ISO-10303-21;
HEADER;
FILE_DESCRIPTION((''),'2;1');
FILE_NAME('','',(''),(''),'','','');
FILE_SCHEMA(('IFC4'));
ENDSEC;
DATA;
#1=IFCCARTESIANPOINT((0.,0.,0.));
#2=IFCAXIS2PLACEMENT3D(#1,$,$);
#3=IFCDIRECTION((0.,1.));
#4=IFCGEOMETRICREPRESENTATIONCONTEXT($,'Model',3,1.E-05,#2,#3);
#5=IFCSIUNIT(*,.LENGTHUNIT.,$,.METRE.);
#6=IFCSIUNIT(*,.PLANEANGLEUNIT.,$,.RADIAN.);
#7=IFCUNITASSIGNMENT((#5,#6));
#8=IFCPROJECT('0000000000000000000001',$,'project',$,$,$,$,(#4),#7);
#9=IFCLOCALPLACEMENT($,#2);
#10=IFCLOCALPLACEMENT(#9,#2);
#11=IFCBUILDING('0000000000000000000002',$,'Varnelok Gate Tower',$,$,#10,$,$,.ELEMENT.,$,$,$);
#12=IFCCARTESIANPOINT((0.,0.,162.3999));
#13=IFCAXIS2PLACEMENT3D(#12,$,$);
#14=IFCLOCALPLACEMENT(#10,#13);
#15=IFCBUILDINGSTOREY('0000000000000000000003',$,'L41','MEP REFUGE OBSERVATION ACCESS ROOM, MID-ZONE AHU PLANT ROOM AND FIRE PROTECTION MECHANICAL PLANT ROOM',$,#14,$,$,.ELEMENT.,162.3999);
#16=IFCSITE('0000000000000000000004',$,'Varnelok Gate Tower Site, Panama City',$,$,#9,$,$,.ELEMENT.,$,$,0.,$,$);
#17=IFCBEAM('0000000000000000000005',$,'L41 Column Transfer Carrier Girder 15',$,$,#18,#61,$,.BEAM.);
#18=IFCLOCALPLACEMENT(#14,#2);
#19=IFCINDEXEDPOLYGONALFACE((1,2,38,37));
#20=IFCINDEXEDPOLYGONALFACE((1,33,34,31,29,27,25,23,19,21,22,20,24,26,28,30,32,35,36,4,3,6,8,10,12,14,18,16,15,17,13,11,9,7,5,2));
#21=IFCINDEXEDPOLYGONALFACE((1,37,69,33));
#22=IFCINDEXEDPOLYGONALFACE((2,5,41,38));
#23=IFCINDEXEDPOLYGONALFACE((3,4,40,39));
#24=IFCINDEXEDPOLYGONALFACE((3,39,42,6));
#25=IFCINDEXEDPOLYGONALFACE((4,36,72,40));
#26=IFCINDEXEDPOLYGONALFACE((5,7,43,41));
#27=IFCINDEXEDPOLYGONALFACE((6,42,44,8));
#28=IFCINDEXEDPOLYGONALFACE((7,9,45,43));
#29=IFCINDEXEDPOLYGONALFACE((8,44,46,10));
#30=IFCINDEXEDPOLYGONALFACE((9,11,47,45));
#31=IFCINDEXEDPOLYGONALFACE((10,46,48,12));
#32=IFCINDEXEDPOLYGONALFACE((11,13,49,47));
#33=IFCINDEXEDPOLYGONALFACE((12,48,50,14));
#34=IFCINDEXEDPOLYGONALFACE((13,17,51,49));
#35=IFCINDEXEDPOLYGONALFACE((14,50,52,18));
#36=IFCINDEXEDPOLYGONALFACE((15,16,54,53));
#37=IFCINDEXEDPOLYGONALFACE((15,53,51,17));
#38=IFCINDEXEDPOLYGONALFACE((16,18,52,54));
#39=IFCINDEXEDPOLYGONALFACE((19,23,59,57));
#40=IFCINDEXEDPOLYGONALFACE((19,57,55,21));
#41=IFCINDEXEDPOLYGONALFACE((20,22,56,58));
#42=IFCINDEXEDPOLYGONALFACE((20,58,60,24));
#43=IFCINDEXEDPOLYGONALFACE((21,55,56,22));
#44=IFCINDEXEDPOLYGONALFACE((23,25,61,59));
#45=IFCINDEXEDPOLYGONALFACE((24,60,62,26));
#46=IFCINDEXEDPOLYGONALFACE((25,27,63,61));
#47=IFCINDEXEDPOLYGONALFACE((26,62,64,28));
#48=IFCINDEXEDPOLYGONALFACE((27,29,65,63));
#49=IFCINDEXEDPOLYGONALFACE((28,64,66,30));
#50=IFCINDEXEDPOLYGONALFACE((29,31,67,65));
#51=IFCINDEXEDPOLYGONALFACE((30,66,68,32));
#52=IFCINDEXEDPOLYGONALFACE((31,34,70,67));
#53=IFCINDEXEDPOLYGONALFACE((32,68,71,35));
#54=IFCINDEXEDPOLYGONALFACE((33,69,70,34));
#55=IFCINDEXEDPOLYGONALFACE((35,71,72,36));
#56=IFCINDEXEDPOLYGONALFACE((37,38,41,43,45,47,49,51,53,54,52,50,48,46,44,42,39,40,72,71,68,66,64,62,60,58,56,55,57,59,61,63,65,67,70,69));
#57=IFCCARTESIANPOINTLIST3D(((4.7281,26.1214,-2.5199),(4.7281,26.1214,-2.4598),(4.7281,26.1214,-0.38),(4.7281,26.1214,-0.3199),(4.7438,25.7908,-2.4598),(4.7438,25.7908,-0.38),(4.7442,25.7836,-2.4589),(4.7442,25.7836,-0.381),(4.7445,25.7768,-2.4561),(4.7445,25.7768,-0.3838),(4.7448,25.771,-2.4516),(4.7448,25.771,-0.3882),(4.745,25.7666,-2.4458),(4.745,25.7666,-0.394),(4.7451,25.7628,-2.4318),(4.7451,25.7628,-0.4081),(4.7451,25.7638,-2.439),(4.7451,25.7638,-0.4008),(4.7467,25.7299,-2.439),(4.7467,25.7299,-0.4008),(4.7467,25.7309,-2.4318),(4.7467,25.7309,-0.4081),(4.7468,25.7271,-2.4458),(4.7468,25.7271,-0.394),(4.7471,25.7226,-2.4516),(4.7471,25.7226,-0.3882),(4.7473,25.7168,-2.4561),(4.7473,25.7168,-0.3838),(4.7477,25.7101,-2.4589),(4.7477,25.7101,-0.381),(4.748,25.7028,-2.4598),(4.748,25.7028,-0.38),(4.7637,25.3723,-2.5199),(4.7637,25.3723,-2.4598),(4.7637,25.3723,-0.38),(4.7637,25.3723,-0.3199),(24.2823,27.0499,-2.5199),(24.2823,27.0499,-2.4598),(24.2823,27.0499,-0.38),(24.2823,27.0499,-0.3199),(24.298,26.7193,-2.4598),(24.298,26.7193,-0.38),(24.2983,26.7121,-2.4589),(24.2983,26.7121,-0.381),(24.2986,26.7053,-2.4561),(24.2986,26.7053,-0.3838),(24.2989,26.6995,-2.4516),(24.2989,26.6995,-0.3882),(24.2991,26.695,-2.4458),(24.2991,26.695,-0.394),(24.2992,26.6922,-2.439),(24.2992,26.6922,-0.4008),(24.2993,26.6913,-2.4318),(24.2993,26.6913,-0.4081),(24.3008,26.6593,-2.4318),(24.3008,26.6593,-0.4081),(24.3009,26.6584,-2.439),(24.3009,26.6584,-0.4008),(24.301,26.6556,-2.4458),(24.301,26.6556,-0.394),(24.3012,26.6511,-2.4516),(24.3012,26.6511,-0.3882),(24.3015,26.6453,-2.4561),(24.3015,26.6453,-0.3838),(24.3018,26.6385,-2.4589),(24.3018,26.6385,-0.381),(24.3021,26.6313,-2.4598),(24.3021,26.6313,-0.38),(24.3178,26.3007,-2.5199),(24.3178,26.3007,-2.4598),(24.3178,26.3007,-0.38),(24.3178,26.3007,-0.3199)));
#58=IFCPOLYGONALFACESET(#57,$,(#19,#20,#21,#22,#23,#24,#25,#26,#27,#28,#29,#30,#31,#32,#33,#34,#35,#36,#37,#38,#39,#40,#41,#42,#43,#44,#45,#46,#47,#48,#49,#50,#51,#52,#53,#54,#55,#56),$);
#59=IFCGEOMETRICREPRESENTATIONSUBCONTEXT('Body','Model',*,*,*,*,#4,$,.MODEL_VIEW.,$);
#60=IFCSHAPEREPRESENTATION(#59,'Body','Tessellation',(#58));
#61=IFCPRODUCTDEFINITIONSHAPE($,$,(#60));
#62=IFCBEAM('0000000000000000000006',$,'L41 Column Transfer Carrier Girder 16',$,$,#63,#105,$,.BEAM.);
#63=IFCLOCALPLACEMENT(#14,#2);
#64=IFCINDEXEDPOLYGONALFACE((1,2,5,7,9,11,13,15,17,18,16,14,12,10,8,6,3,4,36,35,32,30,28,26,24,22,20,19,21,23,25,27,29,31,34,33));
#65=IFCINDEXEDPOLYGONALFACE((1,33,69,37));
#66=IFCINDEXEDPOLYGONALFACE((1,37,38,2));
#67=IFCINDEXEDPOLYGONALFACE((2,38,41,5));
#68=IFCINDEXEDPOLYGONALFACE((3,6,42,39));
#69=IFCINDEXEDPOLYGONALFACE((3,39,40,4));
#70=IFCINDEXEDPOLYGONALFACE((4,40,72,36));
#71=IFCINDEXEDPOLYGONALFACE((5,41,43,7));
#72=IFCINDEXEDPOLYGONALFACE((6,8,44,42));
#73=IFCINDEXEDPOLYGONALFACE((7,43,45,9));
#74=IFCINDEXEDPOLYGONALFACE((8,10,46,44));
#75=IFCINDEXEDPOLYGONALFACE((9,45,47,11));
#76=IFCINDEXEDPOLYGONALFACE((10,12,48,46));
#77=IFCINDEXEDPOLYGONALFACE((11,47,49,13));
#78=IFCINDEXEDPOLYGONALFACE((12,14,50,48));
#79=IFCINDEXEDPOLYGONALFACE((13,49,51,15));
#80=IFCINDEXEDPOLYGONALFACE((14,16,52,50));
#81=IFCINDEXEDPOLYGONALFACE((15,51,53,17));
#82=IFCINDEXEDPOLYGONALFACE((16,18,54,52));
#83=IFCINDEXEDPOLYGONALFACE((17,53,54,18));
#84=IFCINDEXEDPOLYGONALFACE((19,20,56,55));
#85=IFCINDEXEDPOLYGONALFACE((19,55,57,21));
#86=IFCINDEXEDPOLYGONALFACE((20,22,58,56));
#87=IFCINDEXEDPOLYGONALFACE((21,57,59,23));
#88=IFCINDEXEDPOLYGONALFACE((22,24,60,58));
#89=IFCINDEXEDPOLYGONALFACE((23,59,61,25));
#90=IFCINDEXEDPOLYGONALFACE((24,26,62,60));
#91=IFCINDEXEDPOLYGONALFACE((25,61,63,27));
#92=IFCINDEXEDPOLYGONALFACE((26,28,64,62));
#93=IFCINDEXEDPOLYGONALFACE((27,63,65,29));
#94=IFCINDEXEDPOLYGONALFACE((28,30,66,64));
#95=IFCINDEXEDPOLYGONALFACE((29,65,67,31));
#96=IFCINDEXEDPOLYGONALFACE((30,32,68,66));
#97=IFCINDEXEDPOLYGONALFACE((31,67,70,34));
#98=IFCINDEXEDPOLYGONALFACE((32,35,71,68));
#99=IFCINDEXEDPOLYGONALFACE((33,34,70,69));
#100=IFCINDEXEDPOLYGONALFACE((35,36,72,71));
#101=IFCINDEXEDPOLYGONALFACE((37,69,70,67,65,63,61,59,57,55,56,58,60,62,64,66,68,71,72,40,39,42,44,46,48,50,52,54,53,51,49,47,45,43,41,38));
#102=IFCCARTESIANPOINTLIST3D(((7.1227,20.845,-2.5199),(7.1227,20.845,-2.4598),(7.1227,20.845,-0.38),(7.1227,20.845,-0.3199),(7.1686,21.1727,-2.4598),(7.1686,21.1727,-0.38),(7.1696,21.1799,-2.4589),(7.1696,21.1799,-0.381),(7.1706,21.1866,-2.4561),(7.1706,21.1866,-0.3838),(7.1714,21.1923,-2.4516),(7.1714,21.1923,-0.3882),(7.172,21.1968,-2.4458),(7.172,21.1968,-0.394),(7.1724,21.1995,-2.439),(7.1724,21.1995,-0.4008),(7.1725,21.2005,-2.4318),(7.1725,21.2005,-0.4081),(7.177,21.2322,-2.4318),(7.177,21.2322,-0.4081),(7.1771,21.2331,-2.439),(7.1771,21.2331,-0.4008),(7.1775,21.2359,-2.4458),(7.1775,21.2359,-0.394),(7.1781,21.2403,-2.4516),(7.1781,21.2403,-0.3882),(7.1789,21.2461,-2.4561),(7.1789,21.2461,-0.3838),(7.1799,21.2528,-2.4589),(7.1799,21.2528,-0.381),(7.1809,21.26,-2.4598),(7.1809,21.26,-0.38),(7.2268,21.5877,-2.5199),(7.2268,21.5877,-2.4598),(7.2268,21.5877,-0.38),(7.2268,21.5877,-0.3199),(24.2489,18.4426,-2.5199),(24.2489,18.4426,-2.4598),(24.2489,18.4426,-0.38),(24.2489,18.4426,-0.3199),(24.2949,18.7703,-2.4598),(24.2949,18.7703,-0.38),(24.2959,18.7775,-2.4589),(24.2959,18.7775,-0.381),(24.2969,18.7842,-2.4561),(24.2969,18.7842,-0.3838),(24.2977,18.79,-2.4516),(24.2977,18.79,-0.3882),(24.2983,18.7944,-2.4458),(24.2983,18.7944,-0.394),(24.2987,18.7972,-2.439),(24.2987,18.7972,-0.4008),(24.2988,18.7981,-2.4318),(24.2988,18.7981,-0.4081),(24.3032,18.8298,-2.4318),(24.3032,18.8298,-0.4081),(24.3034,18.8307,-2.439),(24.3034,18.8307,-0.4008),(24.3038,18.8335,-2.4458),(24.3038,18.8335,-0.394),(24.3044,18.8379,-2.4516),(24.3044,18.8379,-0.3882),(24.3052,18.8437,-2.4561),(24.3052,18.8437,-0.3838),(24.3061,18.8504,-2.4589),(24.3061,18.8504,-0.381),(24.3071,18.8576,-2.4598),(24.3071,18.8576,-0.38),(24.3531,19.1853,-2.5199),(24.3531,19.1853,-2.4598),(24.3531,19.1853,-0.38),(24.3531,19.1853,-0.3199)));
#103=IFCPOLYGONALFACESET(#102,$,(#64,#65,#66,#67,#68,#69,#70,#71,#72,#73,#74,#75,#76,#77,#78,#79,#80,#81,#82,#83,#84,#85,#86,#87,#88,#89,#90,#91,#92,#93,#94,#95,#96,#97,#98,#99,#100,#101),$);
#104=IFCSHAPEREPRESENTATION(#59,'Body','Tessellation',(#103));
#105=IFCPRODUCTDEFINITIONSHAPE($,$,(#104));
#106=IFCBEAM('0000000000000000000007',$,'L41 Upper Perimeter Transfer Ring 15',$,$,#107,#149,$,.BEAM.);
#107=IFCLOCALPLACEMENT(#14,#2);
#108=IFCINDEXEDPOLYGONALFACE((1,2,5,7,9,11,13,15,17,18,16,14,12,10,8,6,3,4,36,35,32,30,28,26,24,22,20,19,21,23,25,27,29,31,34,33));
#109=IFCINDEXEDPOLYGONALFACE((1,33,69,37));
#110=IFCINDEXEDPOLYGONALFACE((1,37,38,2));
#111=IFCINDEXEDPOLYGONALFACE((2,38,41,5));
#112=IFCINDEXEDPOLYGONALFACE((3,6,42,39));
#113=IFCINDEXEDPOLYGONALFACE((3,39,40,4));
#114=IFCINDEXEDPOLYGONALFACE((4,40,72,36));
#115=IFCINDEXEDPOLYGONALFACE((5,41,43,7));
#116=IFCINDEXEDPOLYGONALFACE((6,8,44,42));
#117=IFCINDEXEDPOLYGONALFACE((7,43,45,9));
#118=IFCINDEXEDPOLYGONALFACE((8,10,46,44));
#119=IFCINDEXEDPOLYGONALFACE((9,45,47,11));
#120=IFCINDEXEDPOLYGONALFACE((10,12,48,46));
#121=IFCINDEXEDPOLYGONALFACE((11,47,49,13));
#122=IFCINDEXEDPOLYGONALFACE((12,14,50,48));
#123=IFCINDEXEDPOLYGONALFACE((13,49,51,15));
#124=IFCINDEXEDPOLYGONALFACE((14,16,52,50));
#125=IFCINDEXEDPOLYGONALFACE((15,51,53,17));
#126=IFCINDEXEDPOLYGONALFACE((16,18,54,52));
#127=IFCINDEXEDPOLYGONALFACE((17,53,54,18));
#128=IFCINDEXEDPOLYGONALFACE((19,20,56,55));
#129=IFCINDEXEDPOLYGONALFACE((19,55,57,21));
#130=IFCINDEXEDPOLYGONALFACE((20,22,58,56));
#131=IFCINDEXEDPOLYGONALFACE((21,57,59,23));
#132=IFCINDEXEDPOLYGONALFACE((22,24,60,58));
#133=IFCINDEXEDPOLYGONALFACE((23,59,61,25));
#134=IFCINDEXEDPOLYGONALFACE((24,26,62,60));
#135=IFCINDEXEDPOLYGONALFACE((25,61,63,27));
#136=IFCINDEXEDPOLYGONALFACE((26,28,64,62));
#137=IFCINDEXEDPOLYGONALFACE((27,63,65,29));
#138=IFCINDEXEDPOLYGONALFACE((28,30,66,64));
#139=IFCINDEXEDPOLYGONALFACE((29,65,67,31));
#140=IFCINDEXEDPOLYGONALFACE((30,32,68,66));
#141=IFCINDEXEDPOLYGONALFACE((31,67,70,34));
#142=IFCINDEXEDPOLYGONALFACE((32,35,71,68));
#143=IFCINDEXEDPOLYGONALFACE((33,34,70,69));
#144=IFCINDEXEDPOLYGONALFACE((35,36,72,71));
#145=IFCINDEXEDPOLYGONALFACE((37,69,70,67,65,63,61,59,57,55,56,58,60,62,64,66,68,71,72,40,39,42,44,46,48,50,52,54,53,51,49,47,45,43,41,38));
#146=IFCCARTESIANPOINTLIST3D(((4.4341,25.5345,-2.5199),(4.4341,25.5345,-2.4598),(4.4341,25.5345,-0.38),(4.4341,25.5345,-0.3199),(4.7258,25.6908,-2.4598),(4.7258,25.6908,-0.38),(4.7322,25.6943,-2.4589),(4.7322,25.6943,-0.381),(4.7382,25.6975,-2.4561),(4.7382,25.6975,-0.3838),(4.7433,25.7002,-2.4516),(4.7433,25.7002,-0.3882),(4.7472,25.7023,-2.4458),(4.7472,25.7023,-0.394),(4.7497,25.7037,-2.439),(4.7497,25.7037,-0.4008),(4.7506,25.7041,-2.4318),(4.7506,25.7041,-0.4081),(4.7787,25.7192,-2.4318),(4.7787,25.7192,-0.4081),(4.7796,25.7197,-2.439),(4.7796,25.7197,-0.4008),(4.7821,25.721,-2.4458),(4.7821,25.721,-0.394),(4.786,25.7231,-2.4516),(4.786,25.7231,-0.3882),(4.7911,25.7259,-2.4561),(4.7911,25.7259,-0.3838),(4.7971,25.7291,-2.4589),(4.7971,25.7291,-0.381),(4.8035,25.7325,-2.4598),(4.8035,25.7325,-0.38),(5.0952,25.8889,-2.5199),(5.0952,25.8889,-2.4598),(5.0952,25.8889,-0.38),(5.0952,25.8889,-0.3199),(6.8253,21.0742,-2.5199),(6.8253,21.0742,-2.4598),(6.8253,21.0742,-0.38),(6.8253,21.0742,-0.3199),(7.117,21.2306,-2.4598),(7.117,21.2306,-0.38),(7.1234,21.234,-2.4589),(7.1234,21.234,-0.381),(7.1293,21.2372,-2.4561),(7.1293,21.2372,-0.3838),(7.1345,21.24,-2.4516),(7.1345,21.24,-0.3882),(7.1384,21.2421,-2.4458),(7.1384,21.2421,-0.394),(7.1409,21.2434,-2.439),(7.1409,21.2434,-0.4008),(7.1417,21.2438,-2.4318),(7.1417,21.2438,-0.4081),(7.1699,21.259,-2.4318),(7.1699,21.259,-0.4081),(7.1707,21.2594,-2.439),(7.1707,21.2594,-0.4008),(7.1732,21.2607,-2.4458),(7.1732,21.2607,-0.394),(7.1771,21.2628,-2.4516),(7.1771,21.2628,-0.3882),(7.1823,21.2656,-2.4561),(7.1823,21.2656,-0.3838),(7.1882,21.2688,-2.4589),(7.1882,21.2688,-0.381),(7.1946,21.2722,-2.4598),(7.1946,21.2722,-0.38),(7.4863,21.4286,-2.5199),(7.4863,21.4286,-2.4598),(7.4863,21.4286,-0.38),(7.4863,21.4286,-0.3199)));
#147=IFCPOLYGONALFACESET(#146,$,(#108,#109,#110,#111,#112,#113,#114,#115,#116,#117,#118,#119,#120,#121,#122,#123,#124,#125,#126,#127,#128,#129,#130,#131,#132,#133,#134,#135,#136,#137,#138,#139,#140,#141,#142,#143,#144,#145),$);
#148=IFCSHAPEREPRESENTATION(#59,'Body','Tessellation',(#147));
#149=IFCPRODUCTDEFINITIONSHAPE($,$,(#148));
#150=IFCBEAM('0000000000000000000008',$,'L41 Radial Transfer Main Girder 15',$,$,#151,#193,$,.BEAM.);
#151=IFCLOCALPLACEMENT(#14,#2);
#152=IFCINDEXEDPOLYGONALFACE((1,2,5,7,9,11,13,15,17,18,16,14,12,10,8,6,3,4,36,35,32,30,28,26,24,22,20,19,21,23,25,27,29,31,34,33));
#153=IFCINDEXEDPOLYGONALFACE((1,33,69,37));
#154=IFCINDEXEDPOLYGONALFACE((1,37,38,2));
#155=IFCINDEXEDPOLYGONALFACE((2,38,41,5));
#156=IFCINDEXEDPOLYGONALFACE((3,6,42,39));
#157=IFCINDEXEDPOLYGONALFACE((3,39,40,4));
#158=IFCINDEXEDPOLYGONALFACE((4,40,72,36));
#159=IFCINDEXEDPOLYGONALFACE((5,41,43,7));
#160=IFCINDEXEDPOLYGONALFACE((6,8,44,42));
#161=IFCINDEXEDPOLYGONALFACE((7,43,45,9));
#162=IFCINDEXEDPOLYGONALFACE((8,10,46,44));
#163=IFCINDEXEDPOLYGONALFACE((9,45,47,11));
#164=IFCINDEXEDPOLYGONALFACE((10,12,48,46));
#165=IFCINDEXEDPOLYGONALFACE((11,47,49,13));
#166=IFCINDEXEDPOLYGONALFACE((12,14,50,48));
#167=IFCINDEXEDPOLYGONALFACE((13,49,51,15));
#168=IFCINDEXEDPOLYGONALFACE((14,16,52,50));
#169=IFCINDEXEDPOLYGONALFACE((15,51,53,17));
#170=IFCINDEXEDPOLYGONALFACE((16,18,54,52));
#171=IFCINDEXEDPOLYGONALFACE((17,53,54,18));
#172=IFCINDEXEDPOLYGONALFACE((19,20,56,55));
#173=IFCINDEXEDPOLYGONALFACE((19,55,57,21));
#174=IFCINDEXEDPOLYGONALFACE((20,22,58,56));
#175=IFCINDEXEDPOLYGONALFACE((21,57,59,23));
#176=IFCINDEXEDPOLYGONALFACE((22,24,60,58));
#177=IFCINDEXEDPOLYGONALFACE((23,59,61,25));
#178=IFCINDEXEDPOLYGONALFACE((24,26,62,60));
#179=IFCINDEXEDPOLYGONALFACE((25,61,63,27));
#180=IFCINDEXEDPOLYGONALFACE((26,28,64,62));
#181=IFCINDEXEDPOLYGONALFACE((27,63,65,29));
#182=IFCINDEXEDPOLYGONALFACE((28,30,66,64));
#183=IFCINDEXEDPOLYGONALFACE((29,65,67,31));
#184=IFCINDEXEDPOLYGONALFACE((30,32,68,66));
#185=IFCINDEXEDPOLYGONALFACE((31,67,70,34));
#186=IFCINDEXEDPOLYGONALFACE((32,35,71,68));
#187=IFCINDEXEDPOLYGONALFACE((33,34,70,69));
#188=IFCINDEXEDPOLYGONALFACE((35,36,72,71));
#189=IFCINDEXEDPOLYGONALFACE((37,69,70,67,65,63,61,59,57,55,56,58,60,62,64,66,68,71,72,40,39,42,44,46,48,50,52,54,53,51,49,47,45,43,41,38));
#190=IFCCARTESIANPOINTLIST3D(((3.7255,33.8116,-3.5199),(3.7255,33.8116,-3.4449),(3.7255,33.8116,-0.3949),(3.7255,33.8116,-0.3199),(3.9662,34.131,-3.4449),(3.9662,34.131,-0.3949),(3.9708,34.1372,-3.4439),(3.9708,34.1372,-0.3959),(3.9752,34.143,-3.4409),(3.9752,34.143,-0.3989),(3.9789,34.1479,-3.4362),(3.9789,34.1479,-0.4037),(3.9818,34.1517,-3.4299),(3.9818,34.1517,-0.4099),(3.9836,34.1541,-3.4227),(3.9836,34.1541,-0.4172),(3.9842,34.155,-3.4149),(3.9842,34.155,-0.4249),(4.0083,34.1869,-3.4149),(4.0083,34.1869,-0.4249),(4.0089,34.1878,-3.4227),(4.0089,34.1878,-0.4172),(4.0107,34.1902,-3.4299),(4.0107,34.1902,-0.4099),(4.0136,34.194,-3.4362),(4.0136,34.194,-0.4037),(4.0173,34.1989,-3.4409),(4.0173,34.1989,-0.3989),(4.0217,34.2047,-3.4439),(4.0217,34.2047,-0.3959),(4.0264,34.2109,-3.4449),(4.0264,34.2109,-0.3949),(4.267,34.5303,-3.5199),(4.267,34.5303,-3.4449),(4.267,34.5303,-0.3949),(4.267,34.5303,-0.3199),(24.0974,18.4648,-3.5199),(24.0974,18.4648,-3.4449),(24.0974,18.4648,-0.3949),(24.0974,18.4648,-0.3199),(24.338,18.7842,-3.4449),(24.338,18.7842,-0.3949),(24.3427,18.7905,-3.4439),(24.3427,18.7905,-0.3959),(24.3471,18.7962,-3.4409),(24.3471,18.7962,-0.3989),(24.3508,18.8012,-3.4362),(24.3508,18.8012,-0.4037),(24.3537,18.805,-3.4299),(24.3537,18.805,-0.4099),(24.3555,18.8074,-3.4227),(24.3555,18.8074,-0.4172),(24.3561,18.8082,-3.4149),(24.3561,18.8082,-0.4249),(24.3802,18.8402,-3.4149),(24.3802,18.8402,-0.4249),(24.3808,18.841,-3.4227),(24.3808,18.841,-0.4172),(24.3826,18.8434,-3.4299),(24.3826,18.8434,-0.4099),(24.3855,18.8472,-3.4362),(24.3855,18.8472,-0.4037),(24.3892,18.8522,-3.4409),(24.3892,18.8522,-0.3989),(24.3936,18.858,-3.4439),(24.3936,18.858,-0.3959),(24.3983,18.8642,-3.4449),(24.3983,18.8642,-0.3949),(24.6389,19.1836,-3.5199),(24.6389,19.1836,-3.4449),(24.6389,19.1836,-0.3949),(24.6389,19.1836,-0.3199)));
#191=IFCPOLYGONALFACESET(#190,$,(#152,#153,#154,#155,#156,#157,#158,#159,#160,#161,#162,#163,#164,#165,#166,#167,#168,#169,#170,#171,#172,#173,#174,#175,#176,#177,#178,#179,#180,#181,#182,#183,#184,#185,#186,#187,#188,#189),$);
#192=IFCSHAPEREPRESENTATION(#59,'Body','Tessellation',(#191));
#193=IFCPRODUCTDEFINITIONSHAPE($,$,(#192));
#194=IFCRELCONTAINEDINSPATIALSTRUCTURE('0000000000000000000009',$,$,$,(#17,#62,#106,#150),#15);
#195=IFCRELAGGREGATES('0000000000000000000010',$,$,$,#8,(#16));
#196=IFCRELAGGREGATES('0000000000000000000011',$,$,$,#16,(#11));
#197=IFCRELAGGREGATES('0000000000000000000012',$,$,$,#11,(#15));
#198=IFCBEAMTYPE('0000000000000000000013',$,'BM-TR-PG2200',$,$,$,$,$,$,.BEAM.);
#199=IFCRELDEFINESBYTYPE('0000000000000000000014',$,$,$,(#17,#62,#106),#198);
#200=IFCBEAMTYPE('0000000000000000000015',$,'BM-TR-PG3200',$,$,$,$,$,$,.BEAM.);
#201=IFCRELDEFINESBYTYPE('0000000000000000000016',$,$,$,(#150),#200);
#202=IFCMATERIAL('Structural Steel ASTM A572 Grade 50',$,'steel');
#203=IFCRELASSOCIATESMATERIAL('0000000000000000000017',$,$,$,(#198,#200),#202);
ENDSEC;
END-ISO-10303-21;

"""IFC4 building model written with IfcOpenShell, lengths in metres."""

from ifc_helpers import new_model, si_unit, direction, frame, origin, origin_2d, place, context, subcontext, project, spatial, i_section, extrude, material, material_profile, profile_set, type_object, element, save


model = new_model("IFC4")

# Units and contexts
model_context = context("Model", 3, precision=1e-05, world=origin(), true_north=direction((0.0, 1.0)))
body_context = subcontext(model_context, "Body", "Model", "MODEL_VIEW")
ifc_project = project(units=[si_unit("LENGTHUNIT", "METRE"), si_unit("PLANEANGLEUNIT", "RADIAN")], contexts=[model_context])

# Site, building, storey
site_placement = place(None, origin())
site = spatial("IfcSite", under=ifc_project, at=site_placement, Name="Varnelok Gate Tower Site, Panama City", CompositionType="ELEMENT", RefElevation=0.0)
building_placement = place(site_placement, origin())
building = spatial("IfcBuilding", under=site, at=building_placement, Name="Varnelok Gate Tower", CompositionType="ELEMENT")
storey_placement = place(building_placement, frame((0.0, 0.0, 162.3999)))
storey = spatial("IfcBuildingStorey", under=building, at=storey_placement, Name="L41", Description="MEP REFUGE OBSERVATION ACCESS ROOM, MID-ZONE AHU PLANT ROOM AND FIRE PROTECTION MECHANICAL PLANT ROOM", CompositionType="ELEMENT", Elevation=162.3999)

# Beams
ifc_material_1 = material(Name="Structural Steel ASTM A572 Grade 50", Category="steel")
ifc_material_profile_1 = material_profile(ifc_material_1, i_section(OverallWidth=0.75, OverallDepth=2.2, WebThickness=0.032, FlangeThickness=0.0601, FilletRadius=0.0281, at=origin_2d()), Name="PG2200X750")
ifc_profile_set_1 = profile_set([ifc_material_profile_1], Name="Structural Steel ASTM A572 Grade 50")
beam_type_1 = type_object("IfcBeamType", Name="BM-TR-PG2200", PredefinedType="BEAM", material=ifc_profile_set_1)
beam_1_placement = place(storey_placement, frame((24.3, 26.6753, -1.4199), z_axis=(-0.998875, -0.047428, 0.0), x_axis=(0.047428, -0.998875, 0.0)))
element("IfcBeam", 1, at=beam_1_placement, inside=storey, type_object=beam_type_1, Name="L41 Column Transfer Carrier Girder 15", PredefinedType="BEAM", context=body_context, shape_type="SweptSolid", body=[
    extrude(i_section(OverallWidth=0.75, OverallDepth=2.2, WebThickness=0.032, FlangeThickness=0.0601, FilletRadius=0.0281, at=origin_2d()), origin(), (0.0, 0.0, 1.0), 19.5762),
])
beam_2_placement = place(storey_placement, frame((24.301, 18.814, -1.4199), z_axis=(-0.990305, 0.138913, 0.0), x_axis=(-0.138913, -0.990305, 0.0)))
element("IfcBeam", 2, at=beam_2_placement, inside=storey, type_object=beam_type_1, Name="L41 Column Transfer Carrier Girder 16", PredefinedType="BEAM", context=body_context, shape_type="SweptSolid", body=[
    extrude(i_section(OverallWidth=0.75, OverallDepth=2.2, WebThickness=0.032, FlangeThickness=0.0601, FilletRadius=0.0281, at=origin_2d()), origin(), (0.0, 0.0, 1.0), 17.2939),
])
beam_3_placement = place(storey_placement, frame((4.7646, 25.7117, -1.4199), z_axis=(0.472485, -0.881339, 0.0), x_axis=(0.881339, 0.472485, 0.0)))
element("IfcBeam", 3, at=beam_3_placement, inside=storey, type_object=beam_type_1, Name="L41 Upper Perimeter Transfer Ring 15", PredefinedType="BEAM", context=body_context, shape_type="SweptSolid", body=[
    extrude(i_section(OverallWidth=0.75, OverallDepth=2.2, WebThickness=0.032, FlangeThickness=0.0601, FilletRadius=0.0281, at=origin_2d()), origin(), (0.0, 0.0, 1.0), 5.0608),
])
ifc_material_profile_2 = material_profile(ifc_material_1, i_section(OverallWidth=0.8999, OverallDepth=3.2, WebThickness=0.04, FlangeThickness=0.075, FilletRadius=0.03, at=origin_2d()), Name="PG3200X900")
ifc_profile_set_2 = profile_set([ifc_material_profile_2], Name="Structural Steel ASTM A572 Grade 50")
beam_type_2 = type_object("IfcBeamType", Name="BM-TR-PG3200", PredefinedType="BEAM", material=ifc_profile_set_2)
beam_4_placement = place(storey_placement, frame((24.3682, 18.8242, -1.9199), z_axis=(-0.798722, 0.6017, 0.0), x_axis=(-0.6017, -0.798722, 0.0)))
element("IfcBeam", 4, at=beam_4_placement, inside=storey, type_object=beam_type_2, Name="L41 Radial Transfer Main Girder 15", PredefinedType="BEAM", context=body_context, shape_type="SweptSolid", body=[
    extrude(i_section(OverallWidth=0.8999, OverallDepth=3.2, WebThickness=0.04, FlangeThickness=0.075, FilletRadius=0.03, at=origin_2d()), origin(), (0.0, 0.0, 1.0), 25.5056),
])

save(model, "model.ifc")
